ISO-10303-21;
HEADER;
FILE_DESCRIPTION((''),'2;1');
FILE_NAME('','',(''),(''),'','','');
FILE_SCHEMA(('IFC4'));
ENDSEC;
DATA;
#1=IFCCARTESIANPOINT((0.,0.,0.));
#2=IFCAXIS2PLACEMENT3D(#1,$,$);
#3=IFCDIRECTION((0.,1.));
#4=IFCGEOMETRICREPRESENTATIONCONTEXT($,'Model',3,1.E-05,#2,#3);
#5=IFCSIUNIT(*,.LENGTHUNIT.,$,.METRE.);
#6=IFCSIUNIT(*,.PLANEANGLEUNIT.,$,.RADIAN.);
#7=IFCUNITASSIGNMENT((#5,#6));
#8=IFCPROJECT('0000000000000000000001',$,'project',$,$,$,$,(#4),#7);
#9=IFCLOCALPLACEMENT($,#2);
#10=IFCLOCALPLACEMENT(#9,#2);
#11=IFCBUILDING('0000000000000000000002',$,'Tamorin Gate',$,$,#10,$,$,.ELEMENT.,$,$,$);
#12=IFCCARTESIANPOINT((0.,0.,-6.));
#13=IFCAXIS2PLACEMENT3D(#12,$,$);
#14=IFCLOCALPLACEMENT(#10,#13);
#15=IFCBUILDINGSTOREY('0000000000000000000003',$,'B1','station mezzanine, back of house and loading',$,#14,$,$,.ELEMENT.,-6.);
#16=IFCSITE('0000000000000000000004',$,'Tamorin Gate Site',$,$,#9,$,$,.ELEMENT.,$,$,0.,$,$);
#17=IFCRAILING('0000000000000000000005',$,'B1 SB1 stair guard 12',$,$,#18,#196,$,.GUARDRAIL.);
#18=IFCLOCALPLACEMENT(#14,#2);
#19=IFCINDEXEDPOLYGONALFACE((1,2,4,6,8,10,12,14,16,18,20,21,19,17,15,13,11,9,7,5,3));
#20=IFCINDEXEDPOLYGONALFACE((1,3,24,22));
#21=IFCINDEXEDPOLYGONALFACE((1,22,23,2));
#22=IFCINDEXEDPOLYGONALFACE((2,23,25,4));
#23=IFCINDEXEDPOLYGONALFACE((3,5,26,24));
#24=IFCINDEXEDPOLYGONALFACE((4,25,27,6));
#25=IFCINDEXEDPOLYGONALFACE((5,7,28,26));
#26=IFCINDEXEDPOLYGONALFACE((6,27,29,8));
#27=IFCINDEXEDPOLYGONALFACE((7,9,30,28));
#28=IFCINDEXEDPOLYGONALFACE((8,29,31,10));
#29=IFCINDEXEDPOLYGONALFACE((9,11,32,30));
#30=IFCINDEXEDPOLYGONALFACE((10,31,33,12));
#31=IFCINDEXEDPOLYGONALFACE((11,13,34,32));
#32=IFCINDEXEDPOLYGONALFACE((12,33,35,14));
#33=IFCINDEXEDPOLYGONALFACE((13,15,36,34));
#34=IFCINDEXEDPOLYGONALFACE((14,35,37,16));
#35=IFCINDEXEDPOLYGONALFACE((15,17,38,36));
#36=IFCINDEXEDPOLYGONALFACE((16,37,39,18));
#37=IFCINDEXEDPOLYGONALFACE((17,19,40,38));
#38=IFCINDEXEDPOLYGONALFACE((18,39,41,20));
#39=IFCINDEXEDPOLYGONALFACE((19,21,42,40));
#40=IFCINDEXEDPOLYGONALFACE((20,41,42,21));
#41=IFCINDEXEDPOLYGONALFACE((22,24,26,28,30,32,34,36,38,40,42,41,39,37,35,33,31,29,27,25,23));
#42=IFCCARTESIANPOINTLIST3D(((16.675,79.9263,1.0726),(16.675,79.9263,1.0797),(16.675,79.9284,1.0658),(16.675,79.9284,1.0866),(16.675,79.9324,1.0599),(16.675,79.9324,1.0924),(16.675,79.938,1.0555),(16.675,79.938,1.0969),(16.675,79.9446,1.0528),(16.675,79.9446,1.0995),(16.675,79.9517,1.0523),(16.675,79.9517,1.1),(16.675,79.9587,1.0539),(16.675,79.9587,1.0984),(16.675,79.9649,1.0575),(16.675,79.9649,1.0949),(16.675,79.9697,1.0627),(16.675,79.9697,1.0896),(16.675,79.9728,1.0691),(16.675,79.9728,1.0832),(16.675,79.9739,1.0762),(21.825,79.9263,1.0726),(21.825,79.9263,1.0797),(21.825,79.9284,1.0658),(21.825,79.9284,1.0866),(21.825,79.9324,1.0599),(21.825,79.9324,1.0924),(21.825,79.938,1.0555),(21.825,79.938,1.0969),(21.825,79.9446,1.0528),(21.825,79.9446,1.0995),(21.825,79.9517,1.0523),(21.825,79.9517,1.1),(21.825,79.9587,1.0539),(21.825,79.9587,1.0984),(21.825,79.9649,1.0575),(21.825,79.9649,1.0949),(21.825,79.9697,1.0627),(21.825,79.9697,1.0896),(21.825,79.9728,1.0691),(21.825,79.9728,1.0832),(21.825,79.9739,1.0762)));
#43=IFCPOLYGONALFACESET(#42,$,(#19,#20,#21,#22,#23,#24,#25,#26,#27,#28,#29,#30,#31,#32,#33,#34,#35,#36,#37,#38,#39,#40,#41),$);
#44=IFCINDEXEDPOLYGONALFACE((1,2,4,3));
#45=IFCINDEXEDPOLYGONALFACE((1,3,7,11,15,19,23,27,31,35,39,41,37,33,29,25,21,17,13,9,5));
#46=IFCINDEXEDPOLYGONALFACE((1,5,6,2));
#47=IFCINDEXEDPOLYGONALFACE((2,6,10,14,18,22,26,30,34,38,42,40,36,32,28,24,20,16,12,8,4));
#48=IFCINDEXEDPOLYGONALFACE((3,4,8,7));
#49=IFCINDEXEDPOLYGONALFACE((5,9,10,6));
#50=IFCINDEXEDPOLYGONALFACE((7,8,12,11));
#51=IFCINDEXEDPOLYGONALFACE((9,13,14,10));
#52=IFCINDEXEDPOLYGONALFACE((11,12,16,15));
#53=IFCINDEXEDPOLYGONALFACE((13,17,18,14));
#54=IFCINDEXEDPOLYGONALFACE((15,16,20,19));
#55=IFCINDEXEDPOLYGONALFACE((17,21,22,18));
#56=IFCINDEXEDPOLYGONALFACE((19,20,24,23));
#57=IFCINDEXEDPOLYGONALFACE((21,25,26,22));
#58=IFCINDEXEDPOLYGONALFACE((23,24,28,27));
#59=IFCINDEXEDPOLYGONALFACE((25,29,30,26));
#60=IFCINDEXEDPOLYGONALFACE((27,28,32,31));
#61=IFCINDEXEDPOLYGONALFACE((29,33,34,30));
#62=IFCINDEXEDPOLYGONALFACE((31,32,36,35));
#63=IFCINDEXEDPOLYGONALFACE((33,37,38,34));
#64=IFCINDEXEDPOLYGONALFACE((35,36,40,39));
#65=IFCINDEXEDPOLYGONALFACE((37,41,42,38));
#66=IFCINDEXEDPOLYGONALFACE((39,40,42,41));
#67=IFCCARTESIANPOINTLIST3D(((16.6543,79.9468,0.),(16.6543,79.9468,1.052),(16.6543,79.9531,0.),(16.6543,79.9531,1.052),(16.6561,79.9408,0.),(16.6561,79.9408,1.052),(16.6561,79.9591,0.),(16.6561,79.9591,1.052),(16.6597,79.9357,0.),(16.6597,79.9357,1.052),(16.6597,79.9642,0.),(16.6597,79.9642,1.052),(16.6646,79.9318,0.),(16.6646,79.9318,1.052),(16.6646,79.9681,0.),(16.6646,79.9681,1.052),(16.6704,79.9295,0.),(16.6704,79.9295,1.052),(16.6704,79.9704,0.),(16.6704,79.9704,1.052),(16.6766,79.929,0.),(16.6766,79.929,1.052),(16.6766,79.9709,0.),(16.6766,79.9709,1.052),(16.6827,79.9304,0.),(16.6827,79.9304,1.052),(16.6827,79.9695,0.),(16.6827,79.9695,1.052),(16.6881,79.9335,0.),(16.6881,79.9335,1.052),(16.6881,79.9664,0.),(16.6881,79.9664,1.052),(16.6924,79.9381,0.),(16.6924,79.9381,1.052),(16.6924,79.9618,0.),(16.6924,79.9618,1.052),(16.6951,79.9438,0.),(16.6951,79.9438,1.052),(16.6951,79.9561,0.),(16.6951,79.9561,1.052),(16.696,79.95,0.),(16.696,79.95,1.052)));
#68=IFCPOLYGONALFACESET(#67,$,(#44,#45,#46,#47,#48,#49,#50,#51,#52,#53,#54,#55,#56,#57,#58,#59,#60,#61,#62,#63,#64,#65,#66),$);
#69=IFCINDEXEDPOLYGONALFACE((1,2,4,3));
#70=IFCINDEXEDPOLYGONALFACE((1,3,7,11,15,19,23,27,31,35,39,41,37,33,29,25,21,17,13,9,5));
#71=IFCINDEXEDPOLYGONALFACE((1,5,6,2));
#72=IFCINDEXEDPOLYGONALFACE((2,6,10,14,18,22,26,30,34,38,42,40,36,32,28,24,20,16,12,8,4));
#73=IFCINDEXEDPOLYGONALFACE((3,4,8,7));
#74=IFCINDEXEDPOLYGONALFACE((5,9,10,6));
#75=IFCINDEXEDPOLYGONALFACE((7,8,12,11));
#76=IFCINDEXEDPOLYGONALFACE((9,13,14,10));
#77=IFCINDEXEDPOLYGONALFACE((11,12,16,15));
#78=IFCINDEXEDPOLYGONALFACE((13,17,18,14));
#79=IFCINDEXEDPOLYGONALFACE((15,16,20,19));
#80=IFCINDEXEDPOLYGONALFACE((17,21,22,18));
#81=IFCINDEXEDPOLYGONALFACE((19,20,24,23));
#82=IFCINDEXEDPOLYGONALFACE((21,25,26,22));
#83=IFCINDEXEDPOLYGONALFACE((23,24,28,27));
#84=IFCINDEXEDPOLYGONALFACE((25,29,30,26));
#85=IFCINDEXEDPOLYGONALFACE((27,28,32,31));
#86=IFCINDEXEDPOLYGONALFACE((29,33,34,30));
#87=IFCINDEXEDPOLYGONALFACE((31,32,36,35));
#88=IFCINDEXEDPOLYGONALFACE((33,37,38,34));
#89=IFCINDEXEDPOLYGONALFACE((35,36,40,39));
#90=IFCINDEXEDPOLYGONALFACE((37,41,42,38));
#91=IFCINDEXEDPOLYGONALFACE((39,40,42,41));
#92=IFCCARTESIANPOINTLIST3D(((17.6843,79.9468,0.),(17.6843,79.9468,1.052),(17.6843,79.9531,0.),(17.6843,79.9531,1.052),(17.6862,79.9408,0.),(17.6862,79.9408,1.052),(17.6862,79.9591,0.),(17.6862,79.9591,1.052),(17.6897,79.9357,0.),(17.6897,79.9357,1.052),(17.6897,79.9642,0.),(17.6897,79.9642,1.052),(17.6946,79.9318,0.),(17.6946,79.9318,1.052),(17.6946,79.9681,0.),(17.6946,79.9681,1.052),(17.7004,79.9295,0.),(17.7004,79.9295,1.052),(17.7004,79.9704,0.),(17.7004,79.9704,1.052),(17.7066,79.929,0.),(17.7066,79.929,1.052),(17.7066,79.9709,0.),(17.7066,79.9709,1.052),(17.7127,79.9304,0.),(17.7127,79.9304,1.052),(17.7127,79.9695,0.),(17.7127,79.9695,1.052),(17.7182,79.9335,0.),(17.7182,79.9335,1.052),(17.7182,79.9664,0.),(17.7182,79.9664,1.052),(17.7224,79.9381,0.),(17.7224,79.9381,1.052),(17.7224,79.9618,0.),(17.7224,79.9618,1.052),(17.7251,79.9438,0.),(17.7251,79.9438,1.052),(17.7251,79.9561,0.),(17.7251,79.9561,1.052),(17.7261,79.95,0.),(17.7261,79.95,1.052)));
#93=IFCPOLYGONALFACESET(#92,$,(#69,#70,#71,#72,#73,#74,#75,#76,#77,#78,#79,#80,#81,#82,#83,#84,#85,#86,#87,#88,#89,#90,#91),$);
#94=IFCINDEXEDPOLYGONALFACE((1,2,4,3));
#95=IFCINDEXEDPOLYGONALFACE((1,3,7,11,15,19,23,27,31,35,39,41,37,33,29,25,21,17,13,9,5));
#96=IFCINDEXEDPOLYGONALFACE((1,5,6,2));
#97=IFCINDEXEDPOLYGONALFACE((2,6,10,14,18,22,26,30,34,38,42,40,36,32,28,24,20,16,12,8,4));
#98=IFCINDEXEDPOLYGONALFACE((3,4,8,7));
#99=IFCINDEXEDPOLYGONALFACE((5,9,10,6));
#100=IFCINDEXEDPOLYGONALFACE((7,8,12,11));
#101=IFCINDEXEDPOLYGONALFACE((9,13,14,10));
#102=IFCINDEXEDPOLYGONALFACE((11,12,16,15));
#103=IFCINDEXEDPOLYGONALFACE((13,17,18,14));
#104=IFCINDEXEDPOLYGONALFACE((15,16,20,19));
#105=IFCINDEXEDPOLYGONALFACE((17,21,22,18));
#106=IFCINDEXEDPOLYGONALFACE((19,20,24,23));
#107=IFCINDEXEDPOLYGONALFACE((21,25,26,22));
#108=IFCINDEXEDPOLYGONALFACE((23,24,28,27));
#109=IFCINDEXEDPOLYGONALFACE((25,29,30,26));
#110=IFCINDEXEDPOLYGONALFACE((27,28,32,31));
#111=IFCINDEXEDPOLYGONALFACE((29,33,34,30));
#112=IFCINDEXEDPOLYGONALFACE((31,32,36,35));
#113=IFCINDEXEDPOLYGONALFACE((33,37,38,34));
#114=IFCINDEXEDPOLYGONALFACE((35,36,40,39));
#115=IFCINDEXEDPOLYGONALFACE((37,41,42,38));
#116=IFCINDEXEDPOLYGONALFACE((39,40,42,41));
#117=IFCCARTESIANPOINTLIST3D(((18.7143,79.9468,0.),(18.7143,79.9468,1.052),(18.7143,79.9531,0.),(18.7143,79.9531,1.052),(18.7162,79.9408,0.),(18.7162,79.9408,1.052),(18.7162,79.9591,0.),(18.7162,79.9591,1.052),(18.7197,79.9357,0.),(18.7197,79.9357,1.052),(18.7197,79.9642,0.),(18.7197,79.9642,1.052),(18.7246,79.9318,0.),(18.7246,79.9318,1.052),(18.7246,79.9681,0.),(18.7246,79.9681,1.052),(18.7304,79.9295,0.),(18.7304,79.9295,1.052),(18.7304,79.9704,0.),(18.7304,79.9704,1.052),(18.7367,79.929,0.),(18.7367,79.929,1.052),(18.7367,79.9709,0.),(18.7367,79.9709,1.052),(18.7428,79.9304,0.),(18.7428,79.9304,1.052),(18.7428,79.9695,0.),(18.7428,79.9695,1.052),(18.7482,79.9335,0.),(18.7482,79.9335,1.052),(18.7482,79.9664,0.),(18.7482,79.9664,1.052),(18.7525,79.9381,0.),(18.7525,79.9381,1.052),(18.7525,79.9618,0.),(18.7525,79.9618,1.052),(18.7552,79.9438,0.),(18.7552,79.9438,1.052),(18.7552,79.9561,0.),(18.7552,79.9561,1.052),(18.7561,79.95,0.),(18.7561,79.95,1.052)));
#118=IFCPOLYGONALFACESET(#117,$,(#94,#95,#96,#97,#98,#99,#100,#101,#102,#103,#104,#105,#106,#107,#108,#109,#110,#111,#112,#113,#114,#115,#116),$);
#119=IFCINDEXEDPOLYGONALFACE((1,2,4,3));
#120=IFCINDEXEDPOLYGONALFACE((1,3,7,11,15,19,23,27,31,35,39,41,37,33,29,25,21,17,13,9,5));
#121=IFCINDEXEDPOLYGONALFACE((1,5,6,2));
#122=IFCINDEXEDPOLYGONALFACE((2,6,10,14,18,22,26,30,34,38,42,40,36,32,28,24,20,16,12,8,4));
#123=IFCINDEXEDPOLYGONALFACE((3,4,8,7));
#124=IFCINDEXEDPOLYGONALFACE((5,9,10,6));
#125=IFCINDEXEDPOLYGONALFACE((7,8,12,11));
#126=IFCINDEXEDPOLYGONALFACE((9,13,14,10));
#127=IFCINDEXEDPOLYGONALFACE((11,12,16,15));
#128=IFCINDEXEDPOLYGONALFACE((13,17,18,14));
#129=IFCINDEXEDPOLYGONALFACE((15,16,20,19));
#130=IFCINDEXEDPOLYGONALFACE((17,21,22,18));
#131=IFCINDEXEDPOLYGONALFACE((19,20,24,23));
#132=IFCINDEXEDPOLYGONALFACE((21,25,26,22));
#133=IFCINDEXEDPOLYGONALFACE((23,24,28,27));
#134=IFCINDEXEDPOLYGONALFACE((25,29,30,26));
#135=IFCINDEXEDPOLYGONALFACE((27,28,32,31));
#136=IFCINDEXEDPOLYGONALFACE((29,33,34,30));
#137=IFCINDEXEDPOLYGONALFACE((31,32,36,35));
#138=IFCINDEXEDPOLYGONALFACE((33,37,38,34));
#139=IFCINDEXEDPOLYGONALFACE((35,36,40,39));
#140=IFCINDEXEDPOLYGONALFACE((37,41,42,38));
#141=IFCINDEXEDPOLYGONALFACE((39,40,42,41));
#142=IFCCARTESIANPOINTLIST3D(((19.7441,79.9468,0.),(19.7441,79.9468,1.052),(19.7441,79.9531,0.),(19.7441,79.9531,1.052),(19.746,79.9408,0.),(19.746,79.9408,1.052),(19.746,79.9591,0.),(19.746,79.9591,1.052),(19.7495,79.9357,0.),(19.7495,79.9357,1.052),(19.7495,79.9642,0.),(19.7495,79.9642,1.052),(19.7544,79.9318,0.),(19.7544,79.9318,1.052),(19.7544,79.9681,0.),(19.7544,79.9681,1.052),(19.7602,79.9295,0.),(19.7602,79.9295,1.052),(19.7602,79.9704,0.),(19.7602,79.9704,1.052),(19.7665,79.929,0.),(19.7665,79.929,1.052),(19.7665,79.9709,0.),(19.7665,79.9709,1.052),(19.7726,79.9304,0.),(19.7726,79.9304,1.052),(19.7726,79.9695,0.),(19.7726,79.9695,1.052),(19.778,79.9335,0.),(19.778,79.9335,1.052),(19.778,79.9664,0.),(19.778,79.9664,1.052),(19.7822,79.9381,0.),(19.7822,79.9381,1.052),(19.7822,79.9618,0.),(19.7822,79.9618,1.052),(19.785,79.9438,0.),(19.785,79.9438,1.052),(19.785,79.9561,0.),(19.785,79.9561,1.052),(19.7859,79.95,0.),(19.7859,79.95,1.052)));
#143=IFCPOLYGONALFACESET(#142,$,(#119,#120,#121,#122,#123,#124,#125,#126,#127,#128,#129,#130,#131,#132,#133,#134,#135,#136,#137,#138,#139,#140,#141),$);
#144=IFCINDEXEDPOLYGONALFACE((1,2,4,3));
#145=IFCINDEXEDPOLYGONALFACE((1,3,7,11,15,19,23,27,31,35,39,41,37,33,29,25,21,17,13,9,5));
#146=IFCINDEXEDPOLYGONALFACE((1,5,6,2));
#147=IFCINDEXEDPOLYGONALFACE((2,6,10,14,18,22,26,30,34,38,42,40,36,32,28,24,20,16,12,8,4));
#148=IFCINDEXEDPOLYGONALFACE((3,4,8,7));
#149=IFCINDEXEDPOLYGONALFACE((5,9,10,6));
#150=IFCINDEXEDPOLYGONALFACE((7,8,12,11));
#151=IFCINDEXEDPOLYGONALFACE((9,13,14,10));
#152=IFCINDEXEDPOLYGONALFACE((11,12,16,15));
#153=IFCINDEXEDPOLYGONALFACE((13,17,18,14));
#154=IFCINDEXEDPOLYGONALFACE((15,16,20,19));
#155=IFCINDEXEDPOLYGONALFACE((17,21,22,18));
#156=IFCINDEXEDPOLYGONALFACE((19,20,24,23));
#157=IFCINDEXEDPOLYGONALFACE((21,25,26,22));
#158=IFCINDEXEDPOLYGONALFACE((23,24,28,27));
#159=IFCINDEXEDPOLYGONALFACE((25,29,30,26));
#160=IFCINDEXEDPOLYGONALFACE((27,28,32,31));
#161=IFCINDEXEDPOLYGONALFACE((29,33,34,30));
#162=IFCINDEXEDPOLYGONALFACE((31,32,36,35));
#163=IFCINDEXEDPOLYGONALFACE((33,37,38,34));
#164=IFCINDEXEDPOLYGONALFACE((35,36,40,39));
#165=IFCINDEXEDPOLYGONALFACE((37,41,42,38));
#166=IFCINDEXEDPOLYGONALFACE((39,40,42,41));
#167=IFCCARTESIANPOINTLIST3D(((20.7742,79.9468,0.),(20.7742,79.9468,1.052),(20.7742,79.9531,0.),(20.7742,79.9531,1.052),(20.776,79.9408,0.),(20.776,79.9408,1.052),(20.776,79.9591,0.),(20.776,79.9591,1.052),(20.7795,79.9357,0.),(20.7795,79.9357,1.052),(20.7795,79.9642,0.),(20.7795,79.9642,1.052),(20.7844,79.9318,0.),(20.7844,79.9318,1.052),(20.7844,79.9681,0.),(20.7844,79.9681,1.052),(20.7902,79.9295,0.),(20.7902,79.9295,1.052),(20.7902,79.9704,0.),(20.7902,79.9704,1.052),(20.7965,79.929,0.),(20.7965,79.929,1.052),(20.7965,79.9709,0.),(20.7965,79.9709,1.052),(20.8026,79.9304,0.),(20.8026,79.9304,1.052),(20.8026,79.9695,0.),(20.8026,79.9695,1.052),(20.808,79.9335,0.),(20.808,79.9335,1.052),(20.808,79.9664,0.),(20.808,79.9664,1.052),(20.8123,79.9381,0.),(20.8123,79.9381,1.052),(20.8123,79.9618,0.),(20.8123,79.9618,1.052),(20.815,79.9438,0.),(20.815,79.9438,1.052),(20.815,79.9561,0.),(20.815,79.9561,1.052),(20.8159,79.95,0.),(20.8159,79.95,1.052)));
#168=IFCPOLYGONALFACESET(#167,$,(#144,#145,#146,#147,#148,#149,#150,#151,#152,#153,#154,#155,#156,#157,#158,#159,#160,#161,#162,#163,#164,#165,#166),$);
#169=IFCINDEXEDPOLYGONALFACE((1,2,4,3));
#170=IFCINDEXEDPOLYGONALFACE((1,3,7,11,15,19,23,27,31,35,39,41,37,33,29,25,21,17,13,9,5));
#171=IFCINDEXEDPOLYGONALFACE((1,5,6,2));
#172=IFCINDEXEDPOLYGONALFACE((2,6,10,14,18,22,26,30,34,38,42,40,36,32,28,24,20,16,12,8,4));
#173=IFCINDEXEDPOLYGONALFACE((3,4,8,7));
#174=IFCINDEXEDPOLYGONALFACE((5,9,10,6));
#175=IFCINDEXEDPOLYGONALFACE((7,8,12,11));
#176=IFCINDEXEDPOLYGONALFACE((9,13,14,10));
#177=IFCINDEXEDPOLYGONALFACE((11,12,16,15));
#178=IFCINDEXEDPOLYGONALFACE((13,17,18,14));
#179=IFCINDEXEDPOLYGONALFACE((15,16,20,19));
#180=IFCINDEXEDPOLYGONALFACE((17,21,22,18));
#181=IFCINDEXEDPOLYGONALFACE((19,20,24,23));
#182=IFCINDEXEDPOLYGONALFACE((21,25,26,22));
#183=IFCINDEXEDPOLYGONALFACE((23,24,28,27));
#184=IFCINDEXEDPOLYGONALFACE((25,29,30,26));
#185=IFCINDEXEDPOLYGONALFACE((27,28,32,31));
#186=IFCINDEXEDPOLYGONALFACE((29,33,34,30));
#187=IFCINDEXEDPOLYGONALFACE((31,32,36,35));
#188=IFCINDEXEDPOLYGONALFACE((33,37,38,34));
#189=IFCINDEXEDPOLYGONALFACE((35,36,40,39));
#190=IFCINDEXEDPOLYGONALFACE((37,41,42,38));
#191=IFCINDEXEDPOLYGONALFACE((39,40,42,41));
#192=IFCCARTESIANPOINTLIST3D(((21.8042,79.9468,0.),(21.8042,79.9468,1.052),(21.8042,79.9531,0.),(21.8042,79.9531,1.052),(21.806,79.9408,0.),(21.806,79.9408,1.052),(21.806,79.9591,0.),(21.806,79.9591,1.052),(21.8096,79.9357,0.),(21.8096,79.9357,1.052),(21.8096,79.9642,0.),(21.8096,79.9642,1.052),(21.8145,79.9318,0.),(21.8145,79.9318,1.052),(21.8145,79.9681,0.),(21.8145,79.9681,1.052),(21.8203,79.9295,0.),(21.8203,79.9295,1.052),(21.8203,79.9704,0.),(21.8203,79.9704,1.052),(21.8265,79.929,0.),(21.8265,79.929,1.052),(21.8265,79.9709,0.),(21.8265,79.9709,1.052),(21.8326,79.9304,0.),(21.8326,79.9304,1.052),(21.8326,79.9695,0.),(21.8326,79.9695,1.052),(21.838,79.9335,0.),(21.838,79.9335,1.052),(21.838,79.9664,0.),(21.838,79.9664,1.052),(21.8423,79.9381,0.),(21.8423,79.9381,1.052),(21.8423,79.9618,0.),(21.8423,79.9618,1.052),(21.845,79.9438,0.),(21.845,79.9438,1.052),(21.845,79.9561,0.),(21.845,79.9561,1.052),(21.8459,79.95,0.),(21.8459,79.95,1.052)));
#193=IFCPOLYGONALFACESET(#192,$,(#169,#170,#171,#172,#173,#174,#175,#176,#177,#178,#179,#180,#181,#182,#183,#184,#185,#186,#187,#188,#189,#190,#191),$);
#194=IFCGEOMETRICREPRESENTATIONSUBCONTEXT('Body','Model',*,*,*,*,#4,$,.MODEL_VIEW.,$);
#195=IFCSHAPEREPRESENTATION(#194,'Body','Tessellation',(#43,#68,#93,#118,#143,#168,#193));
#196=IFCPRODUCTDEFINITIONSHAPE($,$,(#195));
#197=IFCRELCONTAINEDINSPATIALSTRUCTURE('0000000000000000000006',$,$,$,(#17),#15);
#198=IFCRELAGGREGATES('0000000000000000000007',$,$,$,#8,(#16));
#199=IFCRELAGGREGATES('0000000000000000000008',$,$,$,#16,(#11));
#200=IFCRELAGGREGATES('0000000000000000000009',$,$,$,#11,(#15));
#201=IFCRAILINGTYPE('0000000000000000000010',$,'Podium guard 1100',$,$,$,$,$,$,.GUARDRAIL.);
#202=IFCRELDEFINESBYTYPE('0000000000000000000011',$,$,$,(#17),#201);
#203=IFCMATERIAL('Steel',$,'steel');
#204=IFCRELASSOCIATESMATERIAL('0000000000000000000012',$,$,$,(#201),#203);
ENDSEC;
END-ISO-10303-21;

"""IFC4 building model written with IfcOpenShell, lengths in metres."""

from ifc_helpers import new_model, si_unit, direction, frame, origin, origin_2d, place, context, subcontext, project, spatial, circle, extrude, material, type_object, element, save


model = new_model("IFC4")

# Units and contexts
model_context = context("Model", 3, precision=1e-05, world=origin(), true_north=direction((0.0, 1.0)))
body_context = subcontext(model_context, "Body", "Model", "MODEL_VIEW")
ifc_project = project(units=[si_unit("LENGTHUNIT", "METRE"), si_unit("PLANEANGLEUNIT", "RADIAN")], contexts=[model_context])

# Site, building, storey
site_placement = place(None, origin())
site = spatial("IfcSite", under=ifc_project, at=site_placement, Name="Tamorin Gate Site", CompositionType="ELEMENT", RefElevation=0.0)
building_placement = place(site_placement, origin())
building = spatial("IfcBuilding", under=site, at=building_placement, Name="Tamorin Gate", CompositionType="ELEMENT")
storey_placement = place(building_placement, frame((0.0, 0.0, -6.0)))
storey = spatial("IfcBuildingStorey", under=building, at=storey_placement, Name="B1", Description="station mezzanine, back of house and loading", CompositionType="ELEMENT", Elevation=-6.0)

# Railing
ifc_material_1 = material(Name="Steel", Category="steel")
railing_type_1 = type_object("IfcRailingType", Name="Podium guard 1100", PredefinedType="GUARDRAIL", material=ifc_material_1)
railing_1_placement = place(storey_placement, frame((16.675, 79.95, 0.0)))
element("IfcRailing", 1, at=railing_1_placement, inside=storey, type_object=railing_type_1, Name="B1 SB1 stair guard 12", PredefinedType="GUARDRAIL", context=body_context, shape_type="SweptSolid", body=[
    extrude(circle(Radius=0.0239, at=origin_2d()), frame((0.0, 0.0, 1.0762), z_axis=(1.0, 0.0, 0.0), x_axis=(0.0, 1.0, 0.0)), (0.0, 0.0, 1.0), 5.1499),
    extrude(circle(Radius=0.021, at=origin_2d()), origin(), (0.0, 0.0, 1.0), 1.052),
    extrude(circle(Radius=0.021, at=origin_2d()), frame((1.03, 0.0, 0.0)), (0.0, 0.0, 1.0), 1.052),
    extrude(circle(Radius=0.021, at=origin_2d()), frame((2.0601, 0.0, 0.0)), (0.0, 0.0, 1.0), 1.052),
    extrude(circle(Radius=0.021, at=origin_2d()), frame((3.0898, 0.0, 0.0)), (0.0, 0.0, 1.0), 1.052),
    extrude(circle(Radius=0.021, at=origin_2d()), frame((4.1199, 0.0, 0.0)), (0.0, 0.0, 1.0), 1.052),
    extrude(circle(Radius=0.021, at=origin_2d()), frame((5.1499, 0.0, 0.0)), (0.0, 0.0, 1.0), 1.052),
])

save(model, "model.ifc")
